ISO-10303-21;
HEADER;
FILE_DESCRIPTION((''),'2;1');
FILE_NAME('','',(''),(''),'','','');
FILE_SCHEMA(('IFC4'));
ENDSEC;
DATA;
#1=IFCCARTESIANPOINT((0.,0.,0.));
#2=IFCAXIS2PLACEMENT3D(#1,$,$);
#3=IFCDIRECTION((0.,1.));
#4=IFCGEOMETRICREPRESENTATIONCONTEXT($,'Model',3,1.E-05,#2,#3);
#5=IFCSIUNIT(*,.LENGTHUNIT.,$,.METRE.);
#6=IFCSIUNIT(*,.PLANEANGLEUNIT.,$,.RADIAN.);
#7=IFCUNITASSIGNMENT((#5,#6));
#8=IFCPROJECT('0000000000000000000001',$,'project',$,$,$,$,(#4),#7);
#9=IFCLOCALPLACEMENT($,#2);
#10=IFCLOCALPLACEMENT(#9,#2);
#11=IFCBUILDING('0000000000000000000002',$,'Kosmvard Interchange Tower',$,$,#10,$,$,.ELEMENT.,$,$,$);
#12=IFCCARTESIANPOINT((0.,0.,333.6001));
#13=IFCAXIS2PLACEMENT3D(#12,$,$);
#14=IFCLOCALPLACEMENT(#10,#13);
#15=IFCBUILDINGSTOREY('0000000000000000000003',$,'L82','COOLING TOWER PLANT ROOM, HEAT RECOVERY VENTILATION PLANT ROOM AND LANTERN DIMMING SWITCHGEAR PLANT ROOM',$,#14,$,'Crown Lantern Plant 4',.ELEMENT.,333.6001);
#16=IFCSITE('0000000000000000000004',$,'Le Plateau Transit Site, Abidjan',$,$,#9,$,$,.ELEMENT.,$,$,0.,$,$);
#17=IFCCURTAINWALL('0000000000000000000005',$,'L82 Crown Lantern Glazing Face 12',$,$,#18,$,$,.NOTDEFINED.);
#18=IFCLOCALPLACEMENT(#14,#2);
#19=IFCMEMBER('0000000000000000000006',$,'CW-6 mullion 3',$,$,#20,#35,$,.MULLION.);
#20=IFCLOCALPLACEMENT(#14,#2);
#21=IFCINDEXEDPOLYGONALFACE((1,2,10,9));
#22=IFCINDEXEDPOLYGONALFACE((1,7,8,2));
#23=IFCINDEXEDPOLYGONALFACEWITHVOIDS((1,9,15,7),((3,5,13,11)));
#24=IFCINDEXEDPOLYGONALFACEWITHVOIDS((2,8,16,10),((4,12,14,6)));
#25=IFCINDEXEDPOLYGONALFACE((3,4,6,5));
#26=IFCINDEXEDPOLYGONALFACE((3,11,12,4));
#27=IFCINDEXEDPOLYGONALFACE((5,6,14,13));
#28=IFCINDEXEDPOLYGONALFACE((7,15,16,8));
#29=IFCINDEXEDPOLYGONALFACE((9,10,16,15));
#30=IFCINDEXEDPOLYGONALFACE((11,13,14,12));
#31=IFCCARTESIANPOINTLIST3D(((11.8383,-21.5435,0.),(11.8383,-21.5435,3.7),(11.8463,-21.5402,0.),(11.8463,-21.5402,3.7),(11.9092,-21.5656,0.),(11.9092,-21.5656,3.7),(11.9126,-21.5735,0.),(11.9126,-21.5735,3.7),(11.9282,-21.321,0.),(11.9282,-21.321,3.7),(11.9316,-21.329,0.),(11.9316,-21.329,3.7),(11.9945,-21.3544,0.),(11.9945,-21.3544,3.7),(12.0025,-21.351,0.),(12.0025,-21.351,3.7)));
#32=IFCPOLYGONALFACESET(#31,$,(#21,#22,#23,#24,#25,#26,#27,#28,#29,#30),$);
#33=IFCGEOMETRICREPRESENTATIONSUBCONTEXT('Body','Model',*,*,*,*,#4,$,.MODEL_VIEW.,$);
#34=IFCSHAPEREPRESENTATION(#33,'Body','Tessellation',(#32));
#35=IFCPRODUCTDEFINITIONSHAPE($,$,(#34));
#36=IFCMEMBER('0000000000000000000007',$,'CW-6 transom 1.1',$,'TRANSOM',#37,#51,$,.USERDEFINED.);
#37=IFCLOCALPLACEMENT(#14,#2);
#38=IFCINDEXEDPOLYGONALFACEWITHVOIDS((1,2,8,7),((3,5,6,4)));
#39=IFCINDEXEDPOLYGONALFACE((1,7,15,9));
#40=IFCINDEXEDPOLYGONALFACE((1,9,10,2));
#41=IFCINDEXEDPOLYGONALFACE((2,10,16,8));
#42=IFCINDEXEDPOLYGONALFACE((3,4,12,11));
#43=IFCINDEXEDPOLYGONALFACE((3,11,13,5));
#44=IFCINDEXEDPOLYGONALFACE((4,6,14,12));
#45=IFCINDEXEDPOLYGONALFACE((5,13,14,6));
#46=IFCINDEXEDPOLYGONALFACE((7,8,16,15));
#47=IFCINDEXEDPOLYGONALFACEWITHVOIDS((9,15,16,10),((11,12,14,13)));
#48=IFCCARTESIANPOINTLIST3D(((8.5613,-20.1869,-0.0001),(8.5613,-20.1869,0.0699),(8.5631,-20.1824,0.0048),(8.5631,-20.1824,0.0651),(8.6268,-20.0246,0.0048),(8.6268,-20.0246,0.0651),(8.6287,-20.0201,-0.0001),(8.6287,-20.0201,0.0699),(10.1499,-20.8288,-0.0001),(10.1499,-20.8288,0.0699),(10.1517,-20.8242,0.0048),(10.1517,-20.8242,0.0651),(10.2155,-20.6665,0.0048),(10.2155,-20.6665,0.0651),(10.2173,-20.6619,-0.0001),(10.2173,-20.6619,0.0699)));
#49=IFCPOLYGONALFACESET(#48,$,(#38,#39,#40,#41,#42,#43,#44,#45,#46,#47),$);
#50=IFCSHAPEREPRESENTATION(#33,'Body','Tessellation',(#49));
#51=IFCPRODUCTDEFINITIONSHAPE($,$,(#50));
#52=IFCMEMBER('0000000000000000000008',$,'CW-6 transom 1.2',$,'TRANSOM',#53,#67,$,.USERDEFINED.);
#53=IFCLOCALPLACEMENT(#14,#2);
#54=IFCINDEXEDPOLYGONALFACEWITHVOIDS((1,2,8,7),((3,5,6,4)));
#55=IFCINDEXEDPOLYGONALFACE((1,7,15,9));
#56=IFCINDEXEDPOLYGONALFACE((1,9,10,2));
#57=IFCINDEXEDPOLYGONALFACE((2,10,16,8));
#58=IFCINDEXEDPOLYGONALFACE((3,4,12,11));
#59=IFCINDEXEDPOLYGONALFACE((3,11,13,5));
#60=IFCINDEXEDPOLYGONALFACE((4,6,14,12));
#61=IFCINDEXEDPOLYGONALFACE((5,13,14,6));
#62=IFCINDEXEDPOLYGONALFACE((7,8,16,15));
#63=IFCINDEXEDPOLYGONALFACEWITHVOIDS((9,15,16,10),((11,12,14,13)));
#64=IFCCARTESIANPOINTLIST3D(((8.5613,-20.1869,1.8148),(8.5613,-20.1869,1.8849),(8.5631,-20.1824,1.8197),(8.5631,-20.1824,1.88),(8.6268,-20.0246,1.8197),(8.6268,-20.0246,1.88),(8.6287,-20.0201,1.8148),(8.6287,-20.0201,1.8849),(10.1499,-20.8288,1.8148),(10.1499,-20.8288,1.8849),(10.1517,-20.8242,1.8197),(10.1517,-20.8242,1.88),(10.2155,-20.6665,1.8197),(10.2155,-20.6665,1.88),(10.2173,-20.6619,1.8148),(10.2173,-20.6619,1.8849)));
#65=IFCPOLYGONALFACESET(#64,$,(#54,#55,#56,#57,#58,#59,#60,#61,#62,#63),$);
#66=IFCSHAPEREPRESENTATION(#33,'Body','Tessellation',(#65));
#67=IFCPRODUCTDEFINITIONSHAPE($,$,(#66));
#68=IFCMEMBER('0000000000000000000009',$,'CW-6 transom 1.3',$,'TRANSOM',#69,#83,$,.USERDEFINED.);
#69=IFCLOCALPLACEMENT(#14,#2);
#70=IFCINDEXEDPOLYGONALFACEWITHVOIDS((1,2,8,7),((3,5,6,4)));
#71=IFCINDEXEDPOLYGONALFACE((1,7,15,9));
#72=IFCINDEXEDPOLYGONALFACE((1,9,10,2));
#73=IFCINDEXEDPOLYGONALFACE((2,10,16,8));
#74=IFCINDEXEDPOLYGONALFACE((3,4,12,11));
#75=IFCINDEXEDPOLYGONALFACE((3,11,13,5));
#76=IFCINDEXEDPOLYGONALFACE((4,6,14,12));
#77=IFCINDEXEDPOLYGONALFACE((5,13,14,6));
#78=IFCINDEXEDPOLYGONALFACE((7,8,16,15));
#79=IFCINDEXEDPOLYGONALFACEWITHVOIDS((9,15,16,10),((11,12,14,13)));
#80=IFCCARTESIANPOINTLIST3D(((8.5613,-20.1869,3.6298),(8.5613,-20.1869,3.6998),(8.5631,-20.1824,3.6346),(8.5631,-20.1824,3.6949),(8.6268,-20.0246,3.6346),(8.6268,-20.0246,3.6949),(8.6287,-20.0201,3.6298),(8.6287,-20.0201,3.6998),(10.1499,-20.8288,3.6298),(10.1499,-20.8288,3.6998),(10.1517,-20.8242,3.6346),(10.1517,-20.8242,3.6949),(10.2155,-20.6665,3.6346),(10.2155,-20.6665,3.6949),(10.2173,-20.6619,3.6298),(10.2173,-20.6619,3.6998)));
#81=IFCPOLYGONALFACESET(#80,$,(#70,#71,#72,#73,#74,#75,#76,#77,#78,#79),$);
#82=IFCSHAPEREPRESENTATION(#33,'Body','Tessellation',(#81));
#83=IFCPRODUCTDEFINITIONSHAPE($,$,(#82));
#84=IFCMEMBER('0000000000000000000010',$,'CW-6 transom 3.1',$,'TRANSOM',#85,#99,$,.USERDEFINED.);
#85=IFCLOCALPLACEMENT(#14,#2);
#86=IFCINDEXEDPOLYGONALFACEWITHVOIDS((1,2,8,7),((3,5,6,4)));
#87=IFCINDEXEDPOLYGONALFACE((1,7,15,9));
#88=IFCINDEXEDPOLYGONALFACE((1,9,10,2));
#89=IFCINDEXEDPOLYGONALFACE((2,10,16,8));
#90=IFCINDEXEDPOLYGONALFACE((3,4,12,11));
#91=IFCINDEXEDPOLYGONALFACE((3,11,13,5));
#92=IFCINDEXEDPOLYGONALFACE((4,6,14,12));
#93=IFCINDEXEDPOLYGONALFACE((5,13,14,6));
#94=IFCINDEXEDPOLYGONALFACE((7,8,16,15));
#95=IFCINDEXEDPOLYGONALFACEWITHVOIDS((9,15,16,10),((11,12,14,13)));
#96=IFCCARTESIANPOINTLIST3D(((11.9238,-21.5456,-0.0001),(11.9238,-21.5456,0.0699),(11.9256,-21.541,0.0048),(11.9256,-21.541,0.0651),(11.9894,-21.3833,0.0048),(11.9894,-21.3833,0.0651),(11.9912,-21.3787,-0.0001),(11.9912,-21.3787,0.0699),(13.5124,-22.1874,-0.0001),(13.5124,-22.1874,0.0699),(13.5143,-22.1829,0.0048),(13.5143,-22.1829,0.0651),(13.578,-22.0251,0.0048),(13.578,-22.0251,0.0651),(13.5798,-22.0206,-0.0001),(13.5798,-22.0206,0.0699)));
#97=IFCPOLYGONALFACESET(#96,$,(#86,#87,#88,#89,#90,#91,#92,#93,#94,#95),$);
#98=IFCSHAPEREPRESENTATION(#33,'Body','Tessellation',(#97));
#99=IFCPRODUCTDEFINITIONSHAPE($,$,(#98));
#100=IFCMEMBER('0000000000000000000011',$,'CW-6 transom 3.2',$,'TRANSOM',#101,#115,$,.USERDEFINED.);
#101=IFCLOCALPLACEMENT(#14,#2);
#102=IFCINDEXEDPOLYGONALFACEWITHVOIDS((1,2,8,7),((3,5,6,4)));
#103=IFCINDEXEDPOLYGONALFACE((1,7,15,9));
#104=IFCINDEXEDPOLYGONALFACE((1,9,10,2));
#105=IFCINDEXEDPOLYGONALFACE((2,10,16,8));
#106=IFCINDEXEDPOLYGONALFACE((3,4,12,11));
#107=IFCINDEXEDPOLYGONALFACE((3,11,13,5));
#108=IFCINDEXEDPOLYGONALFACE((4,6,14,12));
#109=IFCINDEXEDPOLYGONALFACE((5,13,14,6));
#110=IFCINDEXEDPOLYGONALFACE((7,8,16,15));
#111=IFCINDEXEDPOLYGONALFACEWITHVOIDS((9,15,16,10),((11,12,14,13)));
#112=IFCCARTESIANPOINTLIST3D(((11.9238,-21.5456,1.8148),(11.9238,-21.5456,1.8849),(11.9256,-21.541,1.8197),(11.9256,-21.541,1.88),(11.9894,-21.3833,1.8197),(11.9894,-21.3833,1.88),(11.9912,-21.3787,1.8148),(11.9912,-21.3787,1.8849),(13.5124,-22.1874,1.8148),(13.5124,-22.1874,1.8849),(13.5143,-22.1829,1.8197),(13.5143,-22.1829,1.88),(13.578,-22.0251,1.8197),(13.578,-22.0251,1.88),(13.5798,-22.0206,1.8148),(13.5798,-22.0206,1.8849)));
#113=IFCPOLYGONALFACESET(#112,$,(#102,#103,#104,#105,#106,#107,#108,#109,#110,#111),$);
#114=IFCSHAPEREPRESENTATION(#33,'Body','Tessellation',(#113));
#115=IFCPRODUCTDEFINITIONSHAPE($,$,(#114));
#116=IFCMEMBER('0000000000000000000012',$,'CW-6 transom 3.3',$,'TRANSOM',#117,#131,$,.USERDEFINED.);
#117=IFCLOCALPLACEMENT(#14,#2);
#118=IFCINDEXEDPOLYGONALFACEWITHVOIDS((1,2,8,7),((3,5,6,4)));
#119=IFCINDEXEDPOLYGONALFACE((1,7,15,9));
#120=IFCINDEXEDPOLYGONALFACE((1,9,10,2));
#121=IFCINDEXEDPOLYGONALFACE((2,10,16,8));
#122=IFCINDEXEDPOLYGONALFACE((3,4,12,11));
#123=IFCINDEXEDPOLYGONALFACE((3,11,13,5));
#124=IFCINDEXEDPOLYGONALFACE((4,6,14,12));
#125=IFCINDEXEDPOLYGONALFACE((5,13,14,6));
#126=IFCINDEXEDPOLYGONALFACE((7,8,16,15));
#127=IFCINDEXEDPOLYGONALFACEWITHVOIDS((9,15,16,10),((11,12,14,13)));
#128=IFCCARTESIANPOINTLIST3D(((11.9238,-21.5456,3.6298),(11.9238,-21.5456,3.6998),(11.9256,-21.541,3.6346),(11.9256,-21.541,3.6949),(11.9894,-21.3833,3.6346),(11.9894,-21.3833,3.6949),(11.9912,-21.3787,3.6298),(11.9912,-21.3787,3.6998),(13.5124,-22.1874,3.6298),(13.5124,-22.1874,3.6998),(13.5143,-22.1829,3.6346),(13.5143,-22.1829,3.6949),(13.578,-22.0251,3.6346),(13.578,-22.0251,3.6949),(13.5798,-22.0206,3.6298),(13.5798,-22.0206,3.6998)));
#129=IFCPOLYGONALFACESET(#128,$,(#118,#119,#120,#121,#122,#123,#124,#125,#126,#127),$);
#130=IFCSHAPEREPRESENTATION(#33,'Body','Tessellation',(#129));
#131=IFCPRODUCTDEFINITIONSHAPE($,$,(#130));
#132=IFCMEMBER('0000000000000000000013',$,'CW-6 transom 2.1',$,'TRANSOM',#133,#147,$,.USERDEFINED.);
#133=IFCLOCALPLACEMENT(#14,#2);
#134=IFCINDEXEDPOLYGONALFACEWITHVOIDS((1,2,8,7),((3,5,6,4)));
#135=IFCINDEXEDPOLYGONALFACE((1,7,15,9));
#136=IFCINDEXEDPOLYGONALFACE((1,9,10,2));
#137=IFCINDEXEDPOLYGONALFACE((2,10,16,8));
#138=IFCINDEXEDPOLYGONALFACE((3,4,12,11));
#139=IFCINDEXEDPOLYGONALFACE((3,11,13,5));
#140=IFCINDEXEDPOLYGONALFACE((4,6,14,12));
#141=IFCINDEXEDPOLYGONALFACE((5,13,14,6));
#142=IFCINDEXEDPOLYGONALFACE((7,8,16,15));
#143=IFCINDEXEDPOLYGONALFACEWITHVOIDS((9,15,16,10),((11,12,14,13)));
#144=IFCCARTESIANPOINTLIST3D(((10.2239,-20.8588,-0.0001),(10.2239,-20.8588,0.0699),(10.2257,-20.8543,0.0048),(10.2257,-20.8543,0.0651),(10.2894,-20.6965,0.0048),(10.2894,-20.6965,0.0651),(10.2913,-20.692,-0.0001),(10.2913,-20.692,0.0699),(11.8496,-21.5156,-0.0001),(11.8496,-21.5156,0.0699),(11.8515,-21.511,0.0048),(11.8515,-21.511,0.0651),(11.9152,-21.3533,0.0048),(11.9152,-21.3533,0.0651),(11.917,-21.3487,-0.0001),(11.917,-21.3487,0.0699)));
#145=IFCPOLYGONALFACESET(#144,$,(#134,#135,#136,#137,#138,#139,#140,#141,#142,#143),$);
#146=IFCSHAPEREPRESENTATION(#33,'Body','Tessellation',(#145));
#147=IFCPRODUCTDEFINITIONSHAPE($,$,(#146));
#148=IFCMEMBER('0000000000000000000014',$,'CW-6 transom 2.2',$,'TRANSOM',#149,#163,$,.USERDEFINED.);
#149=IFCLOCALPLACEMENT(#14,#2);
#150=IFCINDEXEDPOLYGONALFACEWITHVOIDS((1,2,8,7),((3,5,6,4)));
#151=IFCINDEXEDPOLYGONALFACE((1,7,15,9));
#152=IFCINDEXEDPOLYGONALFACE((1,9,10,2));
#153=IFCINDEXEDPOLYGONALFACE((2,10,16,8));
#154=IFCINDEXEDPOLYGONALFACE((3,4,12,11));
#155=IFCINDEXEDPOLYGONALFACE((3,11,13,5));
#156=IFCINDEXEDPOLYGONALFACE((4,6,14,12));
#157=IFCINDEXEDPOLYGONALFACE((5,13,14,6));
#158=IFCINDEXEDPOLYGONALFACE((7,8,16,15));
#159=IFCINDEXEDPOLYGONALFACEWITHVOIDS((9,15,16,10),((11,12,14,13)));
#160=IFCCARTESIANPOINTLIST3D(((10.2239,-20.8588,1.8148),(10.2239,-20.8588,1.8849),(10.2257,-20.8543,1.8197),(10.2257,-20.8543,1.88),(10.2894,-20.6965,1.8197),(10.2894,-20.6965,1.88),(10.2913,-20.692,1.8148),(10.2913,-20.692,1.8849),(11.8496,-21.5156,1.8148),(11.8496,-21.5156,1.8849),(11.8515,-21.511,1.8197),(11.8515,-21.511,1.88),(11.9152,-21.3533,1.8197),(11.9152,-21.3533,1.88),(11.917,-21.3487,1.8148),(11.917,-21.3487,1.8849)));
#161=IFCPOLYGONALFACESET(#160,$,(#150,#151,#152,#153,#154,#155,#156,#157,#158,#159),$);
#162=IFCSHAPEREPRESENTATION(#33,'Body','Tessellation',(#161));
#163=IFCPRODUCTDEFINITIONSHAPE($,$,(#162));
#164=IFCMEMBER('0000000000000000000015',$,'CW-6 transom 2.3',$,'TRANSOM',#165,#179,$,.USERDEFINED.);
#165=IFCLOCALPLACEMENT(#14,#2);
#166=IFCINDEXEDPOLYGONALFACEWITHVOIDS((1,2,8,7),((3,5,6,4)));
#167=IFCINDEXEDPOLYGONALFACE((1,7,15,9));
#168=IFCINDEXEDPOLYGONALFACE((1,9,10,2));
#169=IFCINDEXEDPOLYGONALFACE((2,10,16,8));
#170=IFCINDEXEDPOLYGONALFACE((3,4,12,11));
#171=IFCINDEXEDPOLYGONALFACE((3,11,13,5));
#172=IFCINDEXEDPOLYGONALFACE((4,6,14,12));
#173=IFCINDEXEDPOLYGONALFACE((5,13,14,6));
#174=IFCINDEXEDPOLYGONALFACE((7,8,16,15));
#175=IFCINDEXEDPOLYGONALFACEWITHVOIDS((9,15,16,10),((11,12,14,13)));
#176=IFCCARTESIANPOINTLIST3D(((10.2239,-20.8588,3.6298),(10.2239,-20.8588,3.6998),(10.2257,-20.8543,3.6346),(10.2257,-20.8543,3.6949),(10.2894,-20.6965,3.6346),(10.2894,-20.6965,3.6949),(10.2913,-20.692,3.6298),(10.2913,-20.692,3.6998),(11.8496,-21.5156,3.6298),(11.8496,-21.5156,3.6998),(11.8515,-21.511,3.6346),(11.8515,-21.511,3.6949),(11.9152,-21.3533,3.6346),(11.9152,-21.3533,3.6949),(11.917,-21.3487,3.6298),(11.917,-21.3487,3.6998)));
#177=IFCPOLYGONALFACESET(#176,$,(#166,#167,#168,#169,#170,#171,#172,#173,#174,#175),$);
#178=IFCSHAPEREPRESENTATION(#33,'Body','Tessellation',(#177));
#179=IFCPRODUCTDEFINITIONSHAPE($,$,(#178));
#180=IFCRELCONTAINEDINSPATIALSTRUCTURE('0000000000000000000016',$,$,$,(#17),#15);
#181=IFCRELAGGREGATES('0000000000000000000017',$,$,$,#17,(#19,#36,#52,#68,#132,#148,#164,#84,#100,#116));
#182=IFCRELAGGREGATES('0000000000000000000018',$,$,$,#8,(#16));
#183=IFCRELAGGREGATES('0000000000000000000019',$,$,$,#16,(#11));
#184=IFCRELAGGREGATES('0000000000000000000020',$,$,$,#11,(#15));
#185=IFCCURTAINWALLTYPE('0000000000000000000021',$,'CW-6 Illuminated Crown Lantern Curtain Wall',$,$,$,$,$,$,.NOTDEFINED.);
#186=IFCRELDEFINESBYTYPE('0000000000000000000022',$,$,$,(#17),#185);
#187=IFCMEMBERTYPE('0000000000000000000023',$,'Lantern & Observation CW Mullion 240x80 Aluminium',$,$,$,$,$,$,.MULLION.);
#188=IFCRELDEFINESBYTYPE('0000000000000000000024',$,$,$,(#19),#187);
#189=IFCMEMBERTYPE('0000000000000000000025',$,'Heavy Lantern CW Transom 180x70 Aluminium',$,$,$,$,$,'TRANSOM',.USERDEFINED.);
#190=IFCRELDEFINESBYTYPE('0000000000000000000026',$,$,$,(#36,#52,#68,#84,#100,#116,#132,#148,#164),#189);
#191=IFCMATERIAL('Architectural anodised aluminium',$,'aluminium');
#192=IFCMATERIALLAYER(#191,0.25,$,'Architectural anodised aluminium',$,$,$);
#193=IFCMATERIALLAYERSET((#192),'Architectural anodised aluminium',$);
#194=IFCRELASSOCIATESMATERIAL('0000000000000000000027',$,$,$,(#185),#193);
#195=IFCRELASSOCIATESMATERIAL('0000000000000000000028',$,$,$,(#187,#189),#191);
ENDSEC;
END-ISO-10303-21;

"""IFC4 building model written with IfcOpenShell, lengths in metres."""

from ifc_helpers import new_model, si_unit, direction, frame, origin, origin_2d, place, context, subcontext, project, spatial, hollow_rectangle, extrude, source, transform, mapped, material, layer, layer_set, material_profile, profile_set, type_object, element, aggregate, save


model = new_model("IFC4")

# Units and contexts
model_context = context("Model", 3, precision=1e-05, world=origin(), true_north=direction((0.0, 1.0)))
body_context = subcontext(model_context, "Body", "Model", "MODEL_VIEW")
ifc_project = project(units=[si_unit("LENGTHUNIT", "METRE"), si_unit("PLANEANGLEUNIT", "RADIAN")], contexts=[model_context])

# Site, building, storey
site_placement = place(None, origin())
site = spatial("IfcSite", under=ifc_project, at=site_placement, Name="Le Plateau Transit Site, Abidjan", CompositionType="ELEMENT", RefElevation=0.0)
building_placement = place(site_placement, origin())
building = spatial("IfcBuilding", under=site, at=building_placement, Name="Kosmvard Interchange Tower", CompositionType="ELEMENT")
storey_placement = place(building_placement, frame((0.0, 0.0, 333.6001)))
storey = spatial("IfcBuildingStorey", under=building, at=storey_placement, Name="L82", Description="COOLING TOWER PLANT ROOM, HEAT RECOVERY VENTILATION PLANT ROOM AND LANTERN DIMMING SWITCHGEAR PLANT ROOM", LongName="Crown Lantern Plant 4", CompositionType="ELEMENT", Elevation=333.6001)

# Curtain wall, members
ifc_material_1 = material(Name="Architectural anodised aluminium", Category="aluminium")
ifc_layer_1 = layer(ifc_material_1, 0.25, Name="Architectural anodised aluminium")
ifc_layer_set_1 = layer_set([ifc_layer_1], Name="Architectural anodised aluminium")
curtain_wall_type = type_object("IfcCurtainWallType", Name="CW-6 Illuminated Crown Lantern Curtain Wall", PredefinedType="NOTDEFINED", material=ifc_layer_set_1)
curtain_wall_placement = place(storey_placement, origin())
curtain_wall = element("IfcCurtainWall", 1, at=curtain_wall_placement, inside=storey, type_object=curtain_wall_type, Name="L82 Crown Lantern Glazing Face 12", PredefinedType="NOTDEFINED")
ifc_material_profile_1 = material_profile(ifc_material_1, hollow_rectangle(XDim=0.24, YDim=0.0801, WallThickness=0.0061, at=origin_2d()), Name="CWM 240x80x6")
ifc_profile_set_1 = profile_set([ifc_material_profile_1], Name="Architectural anodised aluminium")
member_type_1 = type_object("IfcMemberType", Name="Lantern & Observation CW Mullion 240x80 Aluminium", PredefinedType="MULLION", material=ifc_profile_set_1)
shared_shape_1 = source(origin(), body_context, "Body", "SweptSolid", [
    extrude(hollow_rectangle(XDim=0.24, YDim=0.0801, WallThickness=0.0061, at=origin_2d()), origin(), (0.0, 0.0, 1.0), 3.7),
])
member_1_placement = place(storey_placement, frame((11.9204, -21.4473, 0.0), z_axis=(0.0, 0.0, 1.0), x_axis=(0.374607, 0.927184, 0.0)))
member_1 = element("IfcMember", 2, at=member_1_placement, type_object=member_type_1, Name="CW-6 mullion 3", PredefinedType="MULLION", context=body_context, shape_type="MappedRepresentation", body=[
    mapped(shared_shape_1, transform((0.0, 0.0, 0.0), scale=1.0)),
])
ifc_material_profile_2 = material_profile(ifc_material_1, hollow_rectangle(XDim=0.1799, YDim=0.0701, WallThickness=0.0049, at=origin_2d()), Name="CWT 180x70x5")
ifc_profile_set_2 = profile_set([ifc_material_profile_2], Name="Architectural anodised aluminium")
member_type_2 = type_object("IfcMemberType", Name="Heavy Lantern CW Transom 180x70 Aluminium", ElementType="TRANSOM", PredefinedType="USERDEFINED", material=ifc_profile_set_2)
shared_shape_2 = source(origin(), body_context, "Body", "SweptSolid", [
    extrude(hollow_rectangle(XDim=0.1799, YDim=0.0701, WallThickness=0.0049, at=origin_2d()), origin(), (0.0, 0.0, 1.0), 1.7134),
])
member_2_placement = place(storey_placement, frame((8.595, -20.1035, 0.0349), z_axis=(0.927184, -0.374607, 0.0), x_axis=(0.374607, 0.927184, 0.0)))
member_2 = element("IfcMember", 3, at=member_2_placement, type_object=member_type_2, Name="CW-6 transom 1.1", ObjectType="TRANSOM", PredefinedType="USERDEFINED", context=body_context, shape_type="MappedRepresentation", body=[
    mapped(shared_shape_2, transform((0.0, 0.0, 0.0), scale=1.0)),
])
member_3_placement = place(storey_placement, frame((8.595, -20.1035, 1.8499), z_axis=(0.927184, -0.374607, 0.0), x_axis=(0.374607, 0.927184, 0.0)))
member_3 = element("IfcMember", 4, at=member_3_placement, type_object=member_type_2, Name="CW-6 transom 1.2", ObjectType="TRANSOM", PredefinedType="USERDEFINED", context=body_context, shape_type="MappedRepresentation", body=[
    mapped(shared_shape_2, transform((0.0, 0.0, 0.0), scale=1.0)),
])
member_4_placement = place(storey_placement, frame((8.595, -20.1035, 3.6648), z_axis=(0.927184, -0.374607, 0.0), x_axis=(0.374607, 0.927184, 0.0)))
member_4 = element("IfcMember", 5, at=member_4_placement, type_object=member_type_2, Name="CW-6 transom 1.3", ObjectType="TRANSOM", PredefinedType="USERDEFINED", context=body_context, shape_type="MappedRepresentation", body=[
    mapped(shared_shape_2, transform((0.0, 0.0, 0.0), scale=1.0)),
])
member_5_placement = place(storey_placement, frame((11.9575, -21.4622, 0.0349), z_axis=(0.927184, -0.374607, 0.0), x_axis=(0.374607, 0.927184, 0.0)))
member_5 = element("IfcMember", 6, at=member_5_placement, type_object=member_type_2, Name="CW-6 transom 3.1", ObjectType="TRANSOM", PredefinedType="USERDEFINED", context=body_context, shape_type="MappedRepresentation", body=[
    mapped(shared_shape_2, transform((0.0, 0.0, 0.0), scale=1.0)),
])
member_6_placement = place(storey_placement, frame((11.9575, -21.4622, 1.8499), z_axis=(0.927184, -0.374607, 0.0), x_axis=(0.374607, 0.927184, 0.0)))
member_6 = element("IfcMember", 7, at=member_6_placement, type_object=member_type_2, Name="CW-6 transom 3.2", ObjectType="TRANSOM", PredefinedType="USERDEFINED", context=body_context, shape_type="MappedRepresentation", body=[
    mapped(shared_shape_2, transform((0.0, 0.0, 0.0), scale=1.0)),
])
member_7_placement = place(storey_placement, frame((11.9575, -21.4622, 3.6648), z_axis=(0.927184, -0.374607, 0.0), x_axis=(0.374607, 0.927184, 0.0)))
member_7 = element("IfcMember", 8, at=member_7_placement, type_object=member_type_2, Name="CW-6 transom 3.3", ObjectType="TRANSOM", PredefinedType="USERDEFINED", context=body_context, shape_type="MappedRepresentation", body=[
    mapped(shared_shape_2, transform((0.0, 0.0, 0.0), scale=1.0)),
])
shared_shape_3 = source(origin(), body_context, "Body", "SweptSolid", [
    extrude(hollow_rectangle(XDim=0.1799, YDim=0.0701, WallThickness=0.0049, at=origin_2d()), origin(), (0.0, 0.0, 1.0), 1.7534),
])
member_8_placement = place(storey_placement, frame((10.2576, -20.7754, 0.0349), z_axis=(0.927204, -0.374557, 0.0), x_axis=(0.374557, 0.927204, 0.0)))
member_8 = element("IfcMember", 9, at=member_8_placement, type_object=member_type_2, Name="CW-6 transom 2.1", ObjectType="TRANSOM", PredefinedType="USERDEFINED", context=body_context, shape_type="MappedRepresentation", body=[
    mapped(shared_shape_3, transform((0.0, 0.0, 0.0), scale=1.0)),
])
member_9_placement = place(storey_placement, frame((10.2576, -20.7754, 1.8499), z_axis=(0.927204, -0.374557, 0.0), x_axis=(0.374557, 0.927204, 0.0)))
member_9 = element("IfcMember", 10, at=member_9_placement, type_object=member_type_2, Name="CW-6 transom 2.2", ObjectType="TRANSOM", PredefinedType="USERDEFINED", context=body_context, shape_type="MappedRepresentation", body=[
    mapped(shared_shape_3, transform((0.0, 0.0, 0.0), scale=1.0)),
])
member_10_placement = place(storey_placement, frame((10.2576, -20.7754, 3.6648), z_axis=(0.927204, -0.374557, 0.0), x_axis=(0.374557, 0.927204, 0.0)))
member_10 = element("IfcMember", 11, at=member_10_placement, type_object=member_type_2, Name="CW-6 transom 2.3", ObjectType="TRANSOM", PredefinedType="USERDEFINED", context=body_context, shape_type="MappedRepresentation", body=[
    mapped(shared_shape_3, transform((0.0, 0.0, 0.0), scale=1.0)),
])

aggregate(curtain_wall, [member_1, member_2, member_3, member_4, member_8, member_9, member_10, member_5, member_6, member_7])

save(model, "model.ifc")
